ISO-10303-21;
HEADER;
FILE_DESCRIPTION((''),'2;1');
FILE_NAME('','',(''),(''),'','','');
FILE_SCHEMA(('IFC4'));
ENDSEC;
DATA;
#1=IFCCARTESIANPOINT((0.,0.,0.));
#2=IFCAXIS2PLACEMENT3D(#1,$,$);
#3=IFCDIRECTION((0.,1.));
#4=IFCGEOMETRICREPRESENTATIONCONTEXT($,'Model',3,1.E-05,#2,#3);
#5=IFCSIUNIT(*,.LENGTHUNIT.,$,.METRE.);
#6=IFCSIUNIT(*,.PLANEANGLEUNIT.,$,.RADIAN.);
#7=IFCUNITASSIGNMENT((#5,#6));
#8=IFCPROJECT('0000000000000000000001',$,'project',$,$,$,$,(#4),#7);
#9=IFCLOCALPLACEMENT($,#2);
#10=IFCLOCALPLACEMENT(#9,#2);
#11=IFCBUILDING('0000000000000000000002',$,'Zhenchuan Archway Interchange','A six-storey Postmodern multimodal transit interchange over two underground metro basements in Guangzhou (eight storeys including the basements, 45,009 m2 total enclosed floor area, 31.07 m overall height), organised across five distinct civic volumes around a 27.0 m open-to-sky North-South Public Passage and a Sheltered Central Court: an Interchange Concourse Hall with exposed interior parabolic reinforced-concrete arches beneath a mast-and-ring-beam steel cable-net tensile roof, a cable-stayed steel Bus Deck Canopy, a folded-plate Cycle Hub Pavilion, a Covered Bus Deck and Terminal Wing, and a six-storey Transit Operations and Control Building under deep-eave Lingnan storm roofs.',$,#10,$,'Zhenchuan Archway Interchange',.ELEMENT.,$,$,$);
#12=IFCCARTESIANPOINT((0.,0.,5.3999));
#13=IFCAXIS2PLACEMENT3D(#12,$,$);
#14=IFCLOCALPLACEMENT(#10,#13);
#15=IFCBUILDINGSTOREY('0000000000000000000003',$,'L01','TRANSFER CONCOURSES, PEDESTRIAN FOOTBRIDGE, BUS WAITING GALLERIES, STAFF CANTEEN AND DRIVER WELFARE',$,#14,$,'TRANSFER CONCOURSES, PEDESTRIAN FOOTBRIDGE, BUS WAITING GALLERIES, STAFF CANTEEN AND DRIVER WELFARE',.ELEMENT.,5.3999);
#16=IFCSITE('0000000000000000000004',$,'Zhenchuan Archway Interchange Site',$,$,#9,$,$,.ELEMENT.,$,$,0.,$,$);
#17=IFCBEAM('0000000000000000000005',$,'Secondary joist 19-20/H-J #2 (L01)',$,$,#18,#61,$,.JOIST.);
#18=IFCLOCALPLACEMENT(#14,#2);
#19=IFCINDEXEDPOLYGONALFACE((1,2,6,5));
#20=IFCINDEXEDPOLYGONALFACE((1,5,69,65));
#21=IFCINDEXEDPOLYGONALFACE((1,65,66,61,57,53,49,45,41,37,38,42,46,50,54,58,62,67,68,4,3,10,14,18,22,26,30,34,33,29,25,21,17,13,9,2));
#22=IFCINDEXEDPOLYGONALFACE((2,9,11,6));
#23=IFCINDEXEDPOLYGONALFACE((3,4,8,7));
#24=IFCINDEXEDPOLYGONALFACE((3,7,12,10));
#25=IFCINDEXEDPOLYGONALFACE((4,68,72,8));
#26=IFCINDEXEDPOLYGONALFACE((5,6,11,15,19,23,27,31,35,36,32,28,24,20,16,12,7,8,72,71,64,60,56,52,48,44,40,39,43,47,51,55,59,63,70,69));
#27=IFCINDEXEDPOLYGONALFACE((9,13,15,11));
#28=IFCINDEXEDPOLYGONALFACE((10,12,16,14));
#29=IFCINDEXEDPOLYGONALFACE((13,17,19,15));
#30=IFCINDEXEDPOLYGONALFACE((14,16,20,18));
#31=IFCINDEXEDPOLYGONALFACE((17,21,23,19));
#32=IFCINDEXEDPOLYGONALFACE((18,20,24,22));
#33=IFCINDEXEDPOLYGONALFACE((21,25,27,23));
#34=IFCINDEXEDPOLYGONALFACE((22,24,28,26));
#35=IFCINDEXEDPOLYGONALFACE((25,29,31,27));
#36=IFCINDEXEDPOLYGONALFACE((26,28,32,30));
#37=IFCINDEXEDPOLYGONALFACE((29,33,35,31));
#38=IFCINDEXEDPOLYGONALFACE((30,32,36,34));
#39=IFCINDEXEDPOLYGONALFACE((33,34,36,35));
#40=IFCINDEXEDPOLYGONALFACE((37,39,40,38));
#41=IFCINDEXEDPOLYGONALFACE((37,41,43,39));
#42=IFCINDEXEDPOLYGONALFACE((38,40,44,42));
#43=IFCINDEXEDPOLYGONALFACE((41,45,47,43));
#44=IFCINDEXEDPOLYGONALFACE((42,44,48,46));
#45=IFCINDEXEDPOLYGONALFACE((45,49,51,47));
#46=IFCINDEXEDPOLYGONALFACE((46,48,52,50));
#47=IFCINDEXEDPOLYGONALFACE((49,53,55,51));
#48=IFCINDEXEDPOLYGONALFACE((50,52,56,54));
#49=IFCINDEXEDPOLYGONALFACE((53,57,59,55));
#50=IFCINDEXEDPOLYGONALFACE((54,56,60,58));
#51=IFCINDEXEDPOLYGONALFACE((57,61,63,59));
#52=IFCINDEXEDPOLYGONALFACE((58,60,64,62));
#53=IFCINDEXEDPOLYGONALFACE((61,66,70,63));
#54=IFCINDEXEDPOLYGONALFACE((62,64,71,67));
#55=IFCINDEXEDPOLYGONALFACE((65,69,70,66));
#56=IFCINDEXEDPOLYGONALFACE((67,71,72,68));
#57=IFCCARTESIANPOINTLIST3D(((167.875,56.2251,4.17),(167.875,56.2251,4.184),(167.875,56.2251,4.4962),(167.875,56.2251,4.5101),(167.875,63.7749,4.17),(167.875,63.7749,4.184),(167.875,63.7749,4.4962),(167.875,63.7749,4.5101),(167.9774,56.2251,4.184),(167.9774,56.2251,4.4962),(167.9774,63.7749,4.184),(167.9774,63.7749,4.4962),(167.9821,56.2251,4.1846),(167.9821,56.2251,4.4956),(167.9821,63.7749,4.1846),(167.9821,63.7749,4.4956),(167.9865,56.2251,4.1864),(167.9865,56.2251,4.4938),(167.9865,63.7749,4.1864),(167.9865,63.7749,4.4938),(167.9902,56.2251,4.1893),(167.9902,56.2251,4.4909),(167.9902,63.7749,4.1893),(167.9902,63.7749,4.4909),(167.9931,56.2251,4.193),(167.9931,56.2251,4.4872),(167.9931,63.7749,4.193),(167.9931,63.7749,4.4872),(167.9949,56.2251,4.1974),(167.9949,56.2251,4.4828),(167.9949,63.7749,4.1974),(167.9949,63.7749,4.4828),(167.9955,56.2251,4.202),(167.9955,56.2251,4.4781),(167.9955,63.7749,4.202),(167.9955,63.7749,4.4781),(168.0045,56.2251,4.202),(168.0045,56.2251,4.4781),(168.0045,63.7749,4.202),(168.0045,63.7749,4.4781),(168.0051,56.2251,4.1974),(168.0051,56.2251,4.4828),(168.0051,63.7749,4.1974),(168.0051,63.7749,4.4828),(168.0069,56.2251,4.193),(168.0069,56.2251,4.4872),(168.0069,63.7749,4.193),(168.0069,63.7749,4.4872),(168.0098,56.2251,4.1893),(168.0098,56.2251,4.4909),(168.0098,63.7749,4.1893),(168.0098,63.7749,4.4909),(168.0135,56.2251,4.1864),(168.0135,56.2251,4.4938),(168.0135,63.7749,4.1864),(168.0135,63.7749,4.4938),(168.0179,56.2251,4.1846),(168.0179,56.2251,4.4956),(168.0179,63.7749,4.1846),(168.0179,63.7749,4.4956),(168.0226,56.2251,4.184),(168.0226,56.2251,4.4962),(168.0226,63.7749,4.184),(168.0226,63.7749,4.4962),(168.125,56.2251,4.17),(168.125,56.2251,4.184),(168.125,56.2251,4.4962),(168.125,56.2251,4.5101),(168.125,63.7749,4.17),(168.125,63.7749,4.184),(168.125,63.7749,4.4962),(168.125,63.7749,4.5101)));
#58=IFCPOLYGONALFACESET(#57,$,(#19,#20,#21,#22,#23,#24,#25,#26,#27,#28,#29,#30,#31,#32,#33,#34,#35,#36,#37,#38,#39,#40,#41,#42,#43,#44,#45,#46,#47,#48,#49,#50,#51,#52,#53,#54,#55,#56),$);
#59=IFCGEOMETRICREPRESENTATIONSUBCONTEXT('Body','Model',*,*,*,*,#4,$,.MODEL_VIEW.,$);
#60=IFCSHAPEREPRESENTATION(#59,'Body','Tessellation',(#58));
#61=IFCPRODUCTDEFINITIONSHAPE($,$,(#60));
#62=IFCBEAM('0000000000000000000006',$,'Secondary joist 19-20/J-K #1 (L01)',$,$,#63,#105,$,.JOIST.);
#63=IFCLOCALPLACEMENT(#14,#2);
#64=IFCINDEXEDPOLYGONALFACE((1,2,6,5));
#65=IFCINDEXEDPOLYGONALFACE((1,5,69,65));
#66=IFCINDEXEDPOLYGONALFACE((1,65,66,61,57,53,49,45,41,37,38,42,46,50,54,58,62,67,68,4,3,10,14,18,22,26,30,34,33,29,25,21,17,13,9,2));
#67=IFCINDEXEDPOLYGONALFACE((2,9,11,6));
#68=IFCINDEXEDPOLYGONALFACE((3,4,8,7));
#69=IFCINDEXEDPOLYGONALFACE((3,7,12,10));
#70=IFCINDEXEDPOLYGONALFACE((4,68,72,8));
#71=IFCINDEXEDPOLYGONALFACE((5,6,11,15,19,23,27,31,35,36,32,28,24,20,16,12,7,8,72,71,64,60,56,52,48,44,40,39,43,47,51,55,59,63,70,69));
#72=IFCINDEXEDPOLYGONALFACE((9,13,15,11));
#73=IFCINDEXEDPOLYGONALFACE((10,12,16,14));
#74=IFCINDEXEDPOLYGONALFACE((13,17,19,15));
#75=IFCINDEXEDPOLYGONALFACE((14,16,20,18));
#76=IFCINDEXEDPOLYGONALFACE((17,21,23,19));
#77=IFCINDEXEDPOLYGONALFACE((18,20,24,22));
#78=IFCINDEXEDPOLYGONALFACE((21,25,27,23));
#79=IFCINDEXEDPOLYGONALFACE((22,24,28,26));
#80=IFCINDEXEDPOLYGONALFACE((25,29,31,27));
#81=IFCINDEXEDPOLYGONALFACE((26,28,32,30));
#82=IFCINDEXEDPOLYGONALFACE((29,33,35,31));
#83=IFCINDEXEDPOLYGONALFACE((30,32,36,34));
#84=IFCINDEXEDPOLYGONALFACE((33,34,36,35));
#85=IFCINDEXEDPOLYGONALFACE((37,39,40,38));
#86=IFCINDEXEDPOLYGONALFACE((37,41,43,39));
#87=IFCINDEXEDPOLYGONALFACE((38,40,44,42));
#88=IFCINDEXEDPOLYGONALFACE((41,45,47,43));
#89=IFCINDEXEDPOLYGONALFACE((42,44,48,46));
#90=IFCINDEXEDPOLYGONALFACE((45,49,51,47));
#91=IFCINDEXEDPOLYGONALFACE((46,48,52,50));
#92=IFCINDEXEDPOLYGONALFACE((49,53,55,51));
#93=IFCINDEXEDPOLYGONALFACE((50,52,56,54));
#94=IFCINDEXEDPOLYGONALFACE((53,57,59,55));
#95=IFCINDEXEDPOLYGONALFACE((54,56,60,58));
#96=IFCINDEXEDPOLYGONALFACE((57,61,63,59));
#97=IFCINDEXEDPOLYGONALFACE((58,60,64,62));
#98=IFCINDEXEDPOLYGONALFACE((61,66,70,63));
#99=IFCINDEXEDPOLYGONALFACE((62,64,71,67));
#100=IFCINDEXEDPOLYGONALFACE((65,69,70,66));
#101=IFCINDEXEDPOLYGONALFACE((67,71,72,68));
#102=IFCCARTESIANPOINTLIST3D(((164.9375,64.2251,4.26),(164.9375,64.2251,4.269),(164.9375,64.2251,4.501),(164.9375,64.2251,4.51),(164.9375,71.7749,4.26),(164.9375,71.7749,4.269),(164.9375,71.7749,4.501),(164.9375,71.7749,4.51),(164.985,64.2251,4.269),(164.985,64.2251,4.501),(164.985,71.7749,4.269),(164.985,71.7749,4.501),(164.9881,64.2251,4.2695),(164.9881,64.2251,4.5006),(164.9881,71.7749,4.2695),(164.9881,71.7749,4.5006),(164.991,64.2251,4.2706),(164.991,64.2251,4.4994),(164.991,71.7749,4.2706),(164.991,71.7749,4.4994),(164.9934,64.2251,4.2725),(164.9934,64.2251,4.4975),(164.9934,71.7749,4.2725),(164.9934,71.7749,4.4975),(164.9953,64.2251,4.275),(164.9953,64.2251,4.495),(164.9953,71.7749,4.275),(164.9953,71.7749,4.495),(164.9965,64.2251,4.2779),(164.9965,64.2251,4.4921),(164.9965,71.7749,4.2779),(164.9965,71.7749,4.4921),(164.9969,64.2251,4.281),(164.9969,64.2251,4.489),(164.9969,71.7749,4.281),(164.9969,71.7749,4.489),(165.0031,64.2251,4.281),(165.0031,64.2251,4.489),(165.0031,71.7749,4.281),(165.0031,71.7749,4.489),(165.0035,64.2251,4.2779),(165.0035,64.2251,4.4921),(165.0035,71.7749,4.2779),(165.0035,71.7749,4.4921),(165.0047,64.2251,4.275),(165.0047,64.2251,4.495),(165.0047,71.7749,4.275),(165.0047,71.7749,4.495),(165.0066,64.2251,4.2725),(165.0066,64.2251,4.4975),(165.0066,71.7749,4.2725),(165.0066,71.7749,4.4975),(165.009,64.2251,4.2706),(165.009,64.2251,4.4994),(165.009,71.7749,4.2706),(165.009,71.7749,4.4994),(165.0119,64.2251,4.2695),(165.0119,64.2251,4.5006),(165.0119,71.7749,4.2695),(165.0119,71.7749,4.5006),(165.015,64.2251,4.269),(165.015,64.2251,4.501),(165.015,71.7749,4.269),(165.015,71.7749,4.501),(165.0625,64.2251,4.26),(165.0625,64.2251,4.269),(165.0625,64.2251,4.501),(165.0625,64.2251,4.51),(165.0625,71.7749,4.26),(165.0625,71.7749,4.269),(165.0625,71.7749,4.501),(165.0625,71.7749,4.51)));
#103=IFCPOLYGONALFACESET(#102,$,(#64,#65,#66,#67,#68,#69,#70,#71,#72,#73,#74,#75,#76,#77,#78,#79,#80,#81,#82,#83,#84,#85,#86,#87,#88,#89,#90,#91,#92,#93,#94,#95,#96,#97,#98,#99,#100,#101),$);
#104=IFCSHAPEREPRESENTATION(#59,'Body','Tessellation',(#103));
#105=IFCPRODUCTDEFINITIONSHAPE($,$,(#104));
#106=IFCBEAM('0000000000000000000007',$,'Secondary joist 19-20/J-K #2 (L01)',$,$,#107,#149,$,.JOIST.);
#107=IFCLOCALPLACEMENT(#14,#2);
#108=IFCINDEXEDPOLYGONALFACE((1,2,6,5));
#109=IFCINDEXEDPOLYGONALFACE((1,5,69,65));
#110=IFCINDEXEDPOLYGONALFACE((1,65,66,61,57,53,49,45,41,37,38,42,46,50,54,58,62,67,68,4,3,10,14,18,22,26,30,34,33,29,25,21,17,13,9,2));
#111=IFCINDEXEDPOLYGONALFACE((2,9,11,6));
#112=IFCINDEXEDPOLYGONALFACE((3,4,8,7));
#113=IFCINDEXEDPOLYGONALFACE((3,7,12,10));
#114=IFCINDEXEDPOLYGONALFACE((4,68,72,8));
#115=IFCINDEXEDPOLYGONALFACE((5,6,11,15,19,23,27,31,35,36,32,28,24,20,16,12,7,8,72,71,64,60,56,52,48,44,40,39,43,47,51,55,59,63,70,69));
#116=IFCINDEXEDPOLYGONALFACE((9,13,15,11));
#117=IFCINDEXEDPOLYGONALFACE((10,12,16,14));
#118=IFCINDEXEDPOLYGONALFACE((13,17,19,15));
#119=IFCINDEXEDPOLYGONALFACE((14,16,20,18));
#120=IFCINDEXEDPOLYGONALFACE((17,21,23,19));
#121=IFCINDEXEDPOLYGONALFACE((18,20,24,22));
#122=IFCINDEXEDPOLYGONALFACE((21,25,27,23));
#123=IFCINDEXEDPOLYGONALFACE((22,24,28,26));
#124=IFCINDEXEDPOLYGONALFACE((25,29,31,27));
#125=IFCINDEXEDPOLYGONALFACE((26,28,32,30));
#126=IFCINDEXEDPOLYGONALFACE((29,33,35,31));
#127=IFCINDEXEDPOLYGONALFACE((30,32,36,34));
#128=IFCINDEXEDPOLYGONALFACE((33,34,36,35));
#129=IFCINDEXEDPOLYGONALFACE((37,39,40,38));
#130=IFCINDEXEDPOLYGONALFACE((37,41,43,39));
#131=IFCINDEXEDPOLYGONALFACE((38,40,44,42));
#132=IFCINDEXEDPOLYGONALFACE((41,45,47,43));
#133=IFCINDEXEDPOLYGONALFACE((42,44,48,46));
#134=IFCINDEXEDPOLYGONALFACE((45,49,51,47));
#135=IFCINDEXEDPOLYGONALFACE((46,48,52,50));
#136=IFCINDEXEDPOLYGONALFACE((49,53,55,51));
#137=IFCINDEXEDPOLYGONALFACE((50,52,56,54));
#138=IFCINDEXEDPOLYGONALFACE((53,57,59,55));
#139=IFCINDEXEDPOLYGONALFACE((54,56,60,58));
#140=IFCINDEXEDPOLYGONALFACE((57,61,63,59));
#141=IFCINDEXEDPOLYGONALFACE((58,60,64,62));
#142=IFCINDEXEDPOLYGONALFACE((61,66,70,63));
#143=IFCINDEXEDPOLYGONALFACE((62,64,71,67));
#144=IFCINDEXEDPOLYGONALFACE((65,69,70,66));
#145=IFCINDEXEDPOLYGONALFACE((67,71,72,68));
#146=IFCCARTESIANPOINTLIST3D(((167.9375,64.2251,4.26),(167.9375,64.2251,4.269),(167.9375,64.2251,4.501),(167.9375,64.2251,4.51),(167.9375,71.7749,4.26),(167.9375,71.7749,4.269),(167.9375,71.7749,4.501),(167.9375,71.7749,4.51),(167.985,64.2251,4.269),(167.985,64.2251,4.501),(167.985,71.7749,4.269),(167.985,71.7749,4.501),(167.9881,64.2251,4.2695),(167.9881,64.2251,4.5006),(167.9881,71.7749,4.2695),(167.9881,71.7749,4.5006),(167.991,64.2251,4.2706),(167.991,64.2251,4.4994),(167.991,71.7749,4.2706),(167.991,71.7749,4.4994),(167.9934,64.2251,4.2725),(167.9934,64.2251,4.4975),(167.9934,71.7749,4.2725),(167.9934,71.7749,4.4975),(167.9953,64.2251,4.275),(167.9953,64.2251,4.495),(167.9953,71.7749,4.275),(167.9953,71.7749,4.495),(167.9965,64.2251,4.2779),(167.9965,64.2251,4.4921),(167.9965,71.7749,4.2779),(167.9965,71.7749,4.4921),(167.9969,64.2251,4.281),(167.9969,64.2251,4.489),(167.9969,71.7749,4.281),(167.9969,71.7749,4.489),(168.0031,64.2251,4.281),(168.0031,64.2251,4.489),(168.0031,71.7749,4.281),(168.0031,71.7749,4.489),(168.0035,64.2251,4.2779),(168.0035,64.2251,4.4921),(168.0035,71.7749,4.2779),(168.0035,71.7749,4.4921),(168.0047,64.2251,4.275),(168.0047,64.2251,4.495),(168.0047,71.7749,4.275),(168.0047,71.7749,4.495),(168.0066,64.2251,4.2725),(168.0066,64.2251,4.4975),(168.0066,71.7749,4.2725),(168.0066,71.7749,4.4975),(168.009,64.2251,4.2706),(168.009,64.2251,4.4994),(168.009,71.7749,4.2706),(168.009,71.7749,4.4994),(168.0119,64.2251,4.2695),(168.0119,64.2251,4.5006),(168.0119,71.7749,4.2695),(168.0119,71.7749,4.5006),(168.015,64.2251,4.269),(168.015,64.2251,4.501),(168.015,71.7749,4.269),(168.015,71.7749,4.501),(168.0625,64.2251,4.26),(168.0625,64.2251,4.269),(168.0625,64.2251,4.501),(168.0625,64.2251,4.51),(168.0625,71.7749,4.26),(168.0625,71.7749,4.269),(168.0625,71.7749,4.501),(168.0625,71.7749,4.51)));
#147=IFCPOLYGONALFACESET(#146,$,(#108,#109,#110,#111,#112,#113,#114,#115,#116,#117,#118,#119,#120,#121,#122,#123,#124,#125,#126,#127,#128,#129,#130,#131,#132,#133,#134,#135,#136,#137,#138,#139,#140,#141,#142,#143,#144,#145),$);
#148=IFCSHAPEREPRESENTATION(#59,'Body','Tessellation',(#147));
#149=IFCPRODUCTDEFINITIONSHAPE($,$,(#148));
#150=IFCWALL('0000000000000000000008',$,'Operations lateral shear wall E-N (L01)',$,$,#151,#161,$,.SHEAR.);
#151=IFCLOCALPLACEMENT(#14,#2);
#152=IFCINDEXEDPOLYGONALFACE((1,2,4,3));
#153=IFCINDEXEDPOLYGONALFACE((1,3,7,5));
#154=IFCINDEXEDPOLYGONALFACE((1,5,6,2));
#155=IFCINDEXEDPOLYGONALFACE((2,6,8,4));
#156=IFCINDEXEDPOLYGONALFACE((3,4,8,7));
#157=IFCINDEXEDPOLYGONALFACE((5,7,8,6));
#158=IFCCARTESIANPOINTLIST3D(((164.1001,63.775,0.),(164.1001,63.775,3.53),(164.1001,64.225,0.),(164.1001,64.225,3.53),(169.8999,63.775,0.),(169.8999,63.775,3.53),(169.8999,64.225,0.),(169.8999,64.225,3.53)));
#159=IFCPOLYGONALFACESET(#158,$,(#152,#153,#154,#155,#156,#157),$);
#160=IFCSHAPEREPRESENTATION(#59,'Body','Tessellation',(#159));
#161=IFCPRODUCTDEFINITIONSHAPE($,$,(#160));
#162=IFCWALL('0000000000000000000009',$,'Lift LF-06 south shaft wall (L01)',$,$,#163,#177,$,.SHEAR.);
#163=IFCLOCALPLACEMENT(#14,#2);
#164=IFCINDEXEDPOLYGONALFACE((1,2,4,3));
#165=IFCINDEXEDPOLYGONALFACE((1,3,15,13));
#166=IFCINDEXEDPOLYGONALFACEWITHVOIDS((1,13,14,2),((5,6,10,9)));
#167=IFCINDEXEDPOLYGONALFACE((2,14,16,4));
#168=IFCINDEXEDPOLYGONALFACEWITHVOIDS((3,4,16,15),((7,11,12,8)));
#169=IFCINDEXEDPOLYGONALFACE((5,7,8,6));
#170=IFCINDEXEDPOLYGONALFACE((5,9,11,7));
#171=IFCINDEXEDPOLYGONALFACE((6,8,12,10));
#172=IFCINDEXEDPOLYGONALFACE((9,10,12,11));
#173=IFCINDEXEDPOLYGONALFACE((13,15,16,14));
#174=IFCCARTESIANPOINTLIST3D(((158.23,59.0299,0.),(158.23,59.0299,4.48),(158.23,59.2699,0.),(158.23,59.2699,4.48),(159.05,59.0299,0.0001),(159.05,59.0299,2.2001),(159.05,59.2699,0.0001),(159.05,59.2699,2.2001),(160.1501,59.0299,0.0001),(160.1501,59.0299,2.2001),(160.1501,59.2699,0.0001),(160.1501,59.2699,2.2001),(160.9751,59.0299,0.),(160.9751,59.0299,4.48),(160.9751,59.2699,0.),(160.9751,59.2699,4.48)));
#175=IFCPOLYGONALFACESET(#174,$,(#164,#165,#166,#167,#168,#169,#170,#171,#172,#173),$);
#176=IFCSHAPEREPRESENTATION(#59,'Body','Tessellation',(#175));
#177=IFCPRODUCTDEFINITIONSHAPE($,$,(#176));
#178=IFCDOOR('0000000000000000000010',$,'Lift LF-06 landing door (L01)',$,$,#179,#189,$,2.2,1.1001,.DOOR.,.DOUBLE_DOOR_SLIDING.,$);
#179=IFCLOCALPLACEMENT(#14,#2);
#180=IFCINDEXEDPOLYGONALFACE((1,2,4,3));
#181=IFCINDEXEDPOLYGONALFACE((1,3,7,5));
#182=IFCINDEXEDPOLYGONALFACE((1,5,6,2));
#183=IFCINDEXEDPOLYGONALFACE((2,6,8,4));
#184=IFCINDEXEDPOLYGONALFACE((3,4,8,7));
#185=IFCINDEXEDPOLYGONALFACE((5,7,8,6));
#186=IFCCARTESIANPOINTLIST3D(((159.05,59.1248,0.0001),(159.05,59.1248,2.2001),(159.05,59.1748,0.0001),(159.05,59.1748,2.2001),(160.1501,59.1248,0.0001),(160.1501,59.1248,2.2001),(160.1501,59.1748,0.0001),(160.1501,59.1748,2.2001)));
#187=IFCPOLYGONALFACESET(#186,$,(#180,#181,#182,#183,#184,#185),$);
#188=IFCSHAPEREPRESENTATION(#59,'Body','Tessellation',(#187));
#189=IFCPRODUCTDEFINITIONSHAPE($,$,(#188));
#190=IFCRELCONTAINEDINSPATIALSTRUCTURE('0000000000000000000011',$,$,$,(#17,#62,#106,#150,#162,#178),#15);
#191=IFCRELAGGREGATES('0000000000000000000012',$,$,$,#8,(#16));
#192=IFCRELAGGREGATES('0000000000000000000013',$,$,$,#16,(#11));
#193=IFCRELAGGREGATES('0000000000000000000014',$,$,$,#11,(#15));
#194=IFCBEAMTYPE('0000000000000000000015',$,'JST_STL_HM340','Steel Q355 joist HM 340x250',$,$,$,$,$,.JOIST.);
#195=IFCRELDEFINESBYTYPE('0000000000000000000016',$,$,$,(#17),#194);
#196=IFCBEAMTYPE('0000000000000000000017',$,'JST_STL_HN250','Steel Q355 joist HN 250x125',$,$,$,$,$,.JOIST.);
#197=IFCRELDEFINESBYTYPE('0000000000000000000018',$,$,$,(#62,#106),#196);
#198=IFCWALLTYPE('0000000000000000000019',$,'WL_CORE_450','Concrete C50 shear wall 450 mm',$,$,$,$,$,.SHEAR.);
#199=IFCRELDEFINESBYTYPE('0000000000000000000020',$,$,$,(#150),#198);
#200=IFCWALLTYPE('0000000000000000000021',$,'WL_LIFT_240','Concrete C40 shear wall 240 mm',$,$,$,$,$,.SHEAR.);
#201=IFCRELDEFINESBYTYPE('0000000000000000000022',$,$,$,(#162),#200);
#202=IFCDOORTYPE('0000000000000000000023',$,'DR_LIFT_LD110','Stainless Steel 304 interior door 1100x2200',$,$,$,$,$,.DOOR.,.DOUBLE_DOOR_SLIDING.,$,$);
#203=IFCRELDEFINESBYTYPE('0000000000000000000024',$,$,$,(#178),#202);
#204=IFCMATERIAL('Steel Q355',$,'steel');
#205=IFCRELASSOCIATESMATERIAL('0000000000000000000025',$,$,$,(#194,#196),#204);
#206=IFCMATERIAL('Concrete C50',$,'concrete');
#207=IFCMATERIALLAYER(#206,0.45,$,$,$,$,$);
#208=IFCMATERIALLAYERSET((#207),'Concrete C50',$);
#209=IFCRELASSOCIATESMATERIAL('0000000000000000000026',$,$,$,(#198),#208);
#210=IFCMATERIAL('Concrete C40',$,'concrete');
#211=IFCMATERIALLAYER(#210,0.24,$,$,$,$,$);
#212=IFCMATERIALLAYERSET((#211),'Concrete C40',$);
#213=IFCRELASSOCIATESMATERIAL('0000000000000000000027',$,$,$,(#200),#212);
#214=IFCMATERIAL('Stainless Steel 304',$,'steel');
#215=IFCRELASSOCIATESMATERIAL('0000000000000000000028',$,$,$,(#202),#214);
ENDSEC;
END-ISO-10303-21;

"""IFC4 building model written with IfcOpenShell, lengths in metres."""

from ifc_helpers import new_model, si_unit, direction, frame, frame_2d, origin, origin_2d, place, context, subcontext, project, spatial, rectangle, i_section, extrude, material, layer, layer_set, material_profile, profile_set, type_object, element, fill, save


model = new_model("IFC4")

# Units and contexts
model_context = context("Model", 3, precision=1e-05, world=origin(), true_north=direction((0.0, 1.0)))
body_context = subcontext(model_context, "Body", "Model", "MODEL_VIEW")
ifc_project = project(units=[si_unit("LENGTHUNIT", "METRE"), si_unit("PLANEANGLEUNIT", "RADIAN")], contexts=[model_context])

# Site, building, storey
site_placement = place(None, origin())
site = spatial("IfcSite", under=ifc_project, at=site_placement, Name="Zhenchuan Archway Interchange Site", CompositionType="ELEMENT", RefElevation=0.0)
building_placement = place(site_placement, origin())
building = spatial("IfcBuilding", under=site, at=building_placement, Name="Zhenchuan Archway Interchange", Description="A six-storey Postmodern multimodal transit interchange over two underground metro basements in Guangzhou (eight storeys including the basements, 45,009 m2 total enclosed floor area, 31.07 m overall height), organised across five distinct civic volumes around a 27.0 m open-to-sky North-South Public Passage and a Sheltered Central Court: an Interchange Concourse Hall with exposed interior parabolic reinforced-concrete arches beneath a mast-and-ring-beam steel cable-net tensile roof, a cable-stayed steel Bus Deck Canopy, a folded-plate Cycle Hub Pavilion, a Covered Bus Deck and Terminal Wing, and a six-storey Transit Operations and Control Building under deep-eave Lingnan storm roofs.", LongName="Zhenchuan Archway Interchange", CompositionType="ELEMENT")
storey_placement = place(building_placement, frame((0.0, 0.0, 5.3999)))
storey = spatial("IfcBuildingStorey", under=building, at=storey_placement, Name="L01", Description="TRANSFER CONCOURSES, PEDESTRIAN FOOTBRIDGE, BUS WAITING GALLERIES, STAFF CANTEEN AND DRIVER WELFARE", LongName="TRANSFER CONCOURSES, PEDESTRIAN FOOTBRIDGE, BUS WAITING GALLERIES, STAFF CANTEEN AND DRIVER WELFARE", CompositionType="ELEMENT", Elevation=5.3999)

# Shared definitions
ifc_material_1 = material(Name="Concrete C50", Category="concrete")

# Beams
ifc_material_2 = material(Name="Concrete C40", Category="concrete")
ifc_material_3 = material(Name="Steel Q355", Category="steel")
ifc_material_profile_1 = material_profile(ifc_material_3, i_section(OverallWidth=0.25, OverallDepth=0.3401, WebThickness=0.009, FlangeThickness=0.0139, FilletRadius=0.0181, at=origin_2d()), Name="HM 340x250")
ifc_profile_set_1 = profile_set([ifc_material_profile_1], Name="Steel Q355")
beam_type_1 = type_object("IfcBeamType", Name="JST_STL_HM340", Description="Steel Q355 joist HM 340x250", PredefinedType="JOIST", material=ifc_profile_set_1)
for number, where, z_axis, x_axis, name in (
    (1, (168.0, 56.2251, 4.3401), (0.0, 1.0, 0.0), (-1.0, 0.0, 0.0), "Secondary joist 19-20/H-J #2 (L01)"),
):
    element("IfcBeam", number, at=place(storey_placement, frame(where, z_axis=z_axis, x_axis=x_axis)), inside=storey, type_object=beam_type_1, Name=name, PredefinedType="JOIST", context=body_context, shape_type="SweptSolid", body=[
        extrude(i_section(OverallWidth=0.25, OverallDepth=0.3401, WebThickness=0.009, FlangeThickness=0.0139, FilletRadius=0.0181, at=origin_2d()), origin(), (0.0, 0.0, 1.0), 7.5498),
    ])
ifc_material_profile_2 = material_profile(ifc_material_3, i_section(OverallWidth=0.125, OverallDepth=0.25, WebThickness=0.0061, FlangeThickness=0.009, FilletRadius=0.012, at=origin_2d()), Name="HN 250x125")
ifc_profile_set_2 = profile_set([ifc_material_profile_2], Name="Steel Q355")
beam_type_2 = type_object("IfcBeamType", Name="JST_STL_HN250", Description="Steel Q355 joist HN 250x125", PredefinedType="JOIST", material=ifc_profile_set_2)
for number, where, z_axis, x_axis, name in (
    (2, (165.0, 64.2251, 4.385), (0.0, 1.0, 0.0), (-1.0, 0.0, 0.0), "Secondary joist 19-20/J-K #1 (L01)"),
    (3, (168.0, 64.2251, 4.385), (0.0, 1.0, 0.0), (-1.0, 0.0, 0.0), "Secondary joist 19-20/J-K #2 (L01)"),
):
    element("IfcBeam", number, at=place(storey_placement, frame(where, z_axis=z_axis, x_axis=x_axis)), inside=storey, type_object=beam_type_2, Name=name, PredefinedType="JOIST", context=body_context, shape_type="SweptSolid", body=[
        extrude(i_section(OverallWidth=0.125, OverallDepth=0.25, WebThickness=0.0061, FlangeThickness=0.009, FilletRadius=0.012, at=origin_2d()), origin(), (0.0, 0.0, 1.0), 7.5498),
    ])

# Wall
ifc_layer_1 = layer(ifc_material_1, 0.45)
ifc_layer_set_1 = layer_set([ifc_layer_1], Name="Concrete C50")
wall_type_1 = type_object("IfcWallType", Name="WL_CORE_450", Description="Concrete C50 shear wall 450 mm", PredefinedType="SHEAR", material=ifc_layer_set_1)
wall_1_placement = place(storey_placement, frame((164.1001, 64.0, 0.0), z_axis=(0.0, 0.0, 1.0), x_axis=(1.0, 0.0, 0.0)))
element("IfcWall", 4, at=wall_1_placement, inside=storey, type_object=wall_type_1, Name="Operations lateral shear wall E-N (L01)", PredefinedType="SHEAR", context=body_context, shape_type="SweptSolid", body=[
    extrude(rectangle(XDim=5.7998, YDim=0.45, at=frame_2d((2.8999, 0.0))), origin(), (0.0, 0.0, 1.0), 3.53),
])

# Wall, opening, door
ifc_layer_2 = layer(ifc_material_2, 0.24)
ifc_layer_set_2 = layer_set([ifc_layer_2], Name="Concrete C40")
wall_type_2 = type_object("IfcWallType", Name="WL_LIFT_240", Description="Concrete C40 shear wall 240 mm", PredefinedType="SHEAR", material=ifc_layer_set_2)
wall_2_placement = place(storey_placement, frame((158.23, 59.1499, 0.0), z_axis=(0.0, 0.0, 1.0), x_axis=(1.0, 0.0, 0.0)))
wall_2 = element("IfcWall", 5, at=wall_2_placement, inside=storey, type_object=wall_type_2, Name="Lift LF-06 south shaft wall (L01)", PredefinedType="SHEAR", context=body_context, shape_type="SweptSolid", body=[
    extrude(rectangle(XDim=2.7451, YDim=0.24, at=frame_2d((1.3726, 0.0))), origin(), (0.0, 0.0, 1.0), 4.48),
])
opening_1_placement = place(wall_2_placement, frame((0.8201, 0.0, 0.0)))
opening_1 = element("IfcOpeningElement", 6, at=opening_1_placement, cuts=wall_2, PredefinedType="OPENING", context=body_context, shape_type="SweptSolid", body=[
    extrude(rectangle(XDim=1.1001, YDim=2.2, at=frame_2d((0.55, 1.1001))), frame((0.0, 0.1318, 0.0), z_axis=(0.0, -1.0, 0.0), x_axis=(1.0, 0.0, 0.0)), (0.0, 0.0, 1.0), 0.2639),
])
ifc_material_4 = material(Name="Stainless Steel 304", Category="steel")
door_type_1 = type_object("IfcDoorType", Name="DR_LIFT_LD110", Description="Stainless Steel 304 interior door 1100x2200", OperationType="DOUBLE_DOOR_SLIDING", PredefinedType="DOOR", material=ifc_material_4)
door_1_placement = place(opening_1_placement, origin())
door_1 = element("IfcDoor", 7, at=door_1_placement, inside=storey, type_object=door_type_1, Name="Lift LF-06 landing door (L01)", OperationType="DOUBLE_DOOR_SLIDING", OverallHeight=2.2, OverallWidth=1.1001, PredefinedType="DOOR", context=body_context, shape_type="SweptSolid", body=[
    extrude(rectangle(XDim=1.1001, YDim=2.2, at=frame_2d((0.55, 1.1001))), frame((0.0, 0.0249, 0.0), z_axis=(0.0, -1.0, 0.0), x_axis=(1.0, 0.0, 0.0)), (0.0, 0.0, 1.0), 0.05),
])
fill(opening_1, door_1)

save(model, "model.ifc")
